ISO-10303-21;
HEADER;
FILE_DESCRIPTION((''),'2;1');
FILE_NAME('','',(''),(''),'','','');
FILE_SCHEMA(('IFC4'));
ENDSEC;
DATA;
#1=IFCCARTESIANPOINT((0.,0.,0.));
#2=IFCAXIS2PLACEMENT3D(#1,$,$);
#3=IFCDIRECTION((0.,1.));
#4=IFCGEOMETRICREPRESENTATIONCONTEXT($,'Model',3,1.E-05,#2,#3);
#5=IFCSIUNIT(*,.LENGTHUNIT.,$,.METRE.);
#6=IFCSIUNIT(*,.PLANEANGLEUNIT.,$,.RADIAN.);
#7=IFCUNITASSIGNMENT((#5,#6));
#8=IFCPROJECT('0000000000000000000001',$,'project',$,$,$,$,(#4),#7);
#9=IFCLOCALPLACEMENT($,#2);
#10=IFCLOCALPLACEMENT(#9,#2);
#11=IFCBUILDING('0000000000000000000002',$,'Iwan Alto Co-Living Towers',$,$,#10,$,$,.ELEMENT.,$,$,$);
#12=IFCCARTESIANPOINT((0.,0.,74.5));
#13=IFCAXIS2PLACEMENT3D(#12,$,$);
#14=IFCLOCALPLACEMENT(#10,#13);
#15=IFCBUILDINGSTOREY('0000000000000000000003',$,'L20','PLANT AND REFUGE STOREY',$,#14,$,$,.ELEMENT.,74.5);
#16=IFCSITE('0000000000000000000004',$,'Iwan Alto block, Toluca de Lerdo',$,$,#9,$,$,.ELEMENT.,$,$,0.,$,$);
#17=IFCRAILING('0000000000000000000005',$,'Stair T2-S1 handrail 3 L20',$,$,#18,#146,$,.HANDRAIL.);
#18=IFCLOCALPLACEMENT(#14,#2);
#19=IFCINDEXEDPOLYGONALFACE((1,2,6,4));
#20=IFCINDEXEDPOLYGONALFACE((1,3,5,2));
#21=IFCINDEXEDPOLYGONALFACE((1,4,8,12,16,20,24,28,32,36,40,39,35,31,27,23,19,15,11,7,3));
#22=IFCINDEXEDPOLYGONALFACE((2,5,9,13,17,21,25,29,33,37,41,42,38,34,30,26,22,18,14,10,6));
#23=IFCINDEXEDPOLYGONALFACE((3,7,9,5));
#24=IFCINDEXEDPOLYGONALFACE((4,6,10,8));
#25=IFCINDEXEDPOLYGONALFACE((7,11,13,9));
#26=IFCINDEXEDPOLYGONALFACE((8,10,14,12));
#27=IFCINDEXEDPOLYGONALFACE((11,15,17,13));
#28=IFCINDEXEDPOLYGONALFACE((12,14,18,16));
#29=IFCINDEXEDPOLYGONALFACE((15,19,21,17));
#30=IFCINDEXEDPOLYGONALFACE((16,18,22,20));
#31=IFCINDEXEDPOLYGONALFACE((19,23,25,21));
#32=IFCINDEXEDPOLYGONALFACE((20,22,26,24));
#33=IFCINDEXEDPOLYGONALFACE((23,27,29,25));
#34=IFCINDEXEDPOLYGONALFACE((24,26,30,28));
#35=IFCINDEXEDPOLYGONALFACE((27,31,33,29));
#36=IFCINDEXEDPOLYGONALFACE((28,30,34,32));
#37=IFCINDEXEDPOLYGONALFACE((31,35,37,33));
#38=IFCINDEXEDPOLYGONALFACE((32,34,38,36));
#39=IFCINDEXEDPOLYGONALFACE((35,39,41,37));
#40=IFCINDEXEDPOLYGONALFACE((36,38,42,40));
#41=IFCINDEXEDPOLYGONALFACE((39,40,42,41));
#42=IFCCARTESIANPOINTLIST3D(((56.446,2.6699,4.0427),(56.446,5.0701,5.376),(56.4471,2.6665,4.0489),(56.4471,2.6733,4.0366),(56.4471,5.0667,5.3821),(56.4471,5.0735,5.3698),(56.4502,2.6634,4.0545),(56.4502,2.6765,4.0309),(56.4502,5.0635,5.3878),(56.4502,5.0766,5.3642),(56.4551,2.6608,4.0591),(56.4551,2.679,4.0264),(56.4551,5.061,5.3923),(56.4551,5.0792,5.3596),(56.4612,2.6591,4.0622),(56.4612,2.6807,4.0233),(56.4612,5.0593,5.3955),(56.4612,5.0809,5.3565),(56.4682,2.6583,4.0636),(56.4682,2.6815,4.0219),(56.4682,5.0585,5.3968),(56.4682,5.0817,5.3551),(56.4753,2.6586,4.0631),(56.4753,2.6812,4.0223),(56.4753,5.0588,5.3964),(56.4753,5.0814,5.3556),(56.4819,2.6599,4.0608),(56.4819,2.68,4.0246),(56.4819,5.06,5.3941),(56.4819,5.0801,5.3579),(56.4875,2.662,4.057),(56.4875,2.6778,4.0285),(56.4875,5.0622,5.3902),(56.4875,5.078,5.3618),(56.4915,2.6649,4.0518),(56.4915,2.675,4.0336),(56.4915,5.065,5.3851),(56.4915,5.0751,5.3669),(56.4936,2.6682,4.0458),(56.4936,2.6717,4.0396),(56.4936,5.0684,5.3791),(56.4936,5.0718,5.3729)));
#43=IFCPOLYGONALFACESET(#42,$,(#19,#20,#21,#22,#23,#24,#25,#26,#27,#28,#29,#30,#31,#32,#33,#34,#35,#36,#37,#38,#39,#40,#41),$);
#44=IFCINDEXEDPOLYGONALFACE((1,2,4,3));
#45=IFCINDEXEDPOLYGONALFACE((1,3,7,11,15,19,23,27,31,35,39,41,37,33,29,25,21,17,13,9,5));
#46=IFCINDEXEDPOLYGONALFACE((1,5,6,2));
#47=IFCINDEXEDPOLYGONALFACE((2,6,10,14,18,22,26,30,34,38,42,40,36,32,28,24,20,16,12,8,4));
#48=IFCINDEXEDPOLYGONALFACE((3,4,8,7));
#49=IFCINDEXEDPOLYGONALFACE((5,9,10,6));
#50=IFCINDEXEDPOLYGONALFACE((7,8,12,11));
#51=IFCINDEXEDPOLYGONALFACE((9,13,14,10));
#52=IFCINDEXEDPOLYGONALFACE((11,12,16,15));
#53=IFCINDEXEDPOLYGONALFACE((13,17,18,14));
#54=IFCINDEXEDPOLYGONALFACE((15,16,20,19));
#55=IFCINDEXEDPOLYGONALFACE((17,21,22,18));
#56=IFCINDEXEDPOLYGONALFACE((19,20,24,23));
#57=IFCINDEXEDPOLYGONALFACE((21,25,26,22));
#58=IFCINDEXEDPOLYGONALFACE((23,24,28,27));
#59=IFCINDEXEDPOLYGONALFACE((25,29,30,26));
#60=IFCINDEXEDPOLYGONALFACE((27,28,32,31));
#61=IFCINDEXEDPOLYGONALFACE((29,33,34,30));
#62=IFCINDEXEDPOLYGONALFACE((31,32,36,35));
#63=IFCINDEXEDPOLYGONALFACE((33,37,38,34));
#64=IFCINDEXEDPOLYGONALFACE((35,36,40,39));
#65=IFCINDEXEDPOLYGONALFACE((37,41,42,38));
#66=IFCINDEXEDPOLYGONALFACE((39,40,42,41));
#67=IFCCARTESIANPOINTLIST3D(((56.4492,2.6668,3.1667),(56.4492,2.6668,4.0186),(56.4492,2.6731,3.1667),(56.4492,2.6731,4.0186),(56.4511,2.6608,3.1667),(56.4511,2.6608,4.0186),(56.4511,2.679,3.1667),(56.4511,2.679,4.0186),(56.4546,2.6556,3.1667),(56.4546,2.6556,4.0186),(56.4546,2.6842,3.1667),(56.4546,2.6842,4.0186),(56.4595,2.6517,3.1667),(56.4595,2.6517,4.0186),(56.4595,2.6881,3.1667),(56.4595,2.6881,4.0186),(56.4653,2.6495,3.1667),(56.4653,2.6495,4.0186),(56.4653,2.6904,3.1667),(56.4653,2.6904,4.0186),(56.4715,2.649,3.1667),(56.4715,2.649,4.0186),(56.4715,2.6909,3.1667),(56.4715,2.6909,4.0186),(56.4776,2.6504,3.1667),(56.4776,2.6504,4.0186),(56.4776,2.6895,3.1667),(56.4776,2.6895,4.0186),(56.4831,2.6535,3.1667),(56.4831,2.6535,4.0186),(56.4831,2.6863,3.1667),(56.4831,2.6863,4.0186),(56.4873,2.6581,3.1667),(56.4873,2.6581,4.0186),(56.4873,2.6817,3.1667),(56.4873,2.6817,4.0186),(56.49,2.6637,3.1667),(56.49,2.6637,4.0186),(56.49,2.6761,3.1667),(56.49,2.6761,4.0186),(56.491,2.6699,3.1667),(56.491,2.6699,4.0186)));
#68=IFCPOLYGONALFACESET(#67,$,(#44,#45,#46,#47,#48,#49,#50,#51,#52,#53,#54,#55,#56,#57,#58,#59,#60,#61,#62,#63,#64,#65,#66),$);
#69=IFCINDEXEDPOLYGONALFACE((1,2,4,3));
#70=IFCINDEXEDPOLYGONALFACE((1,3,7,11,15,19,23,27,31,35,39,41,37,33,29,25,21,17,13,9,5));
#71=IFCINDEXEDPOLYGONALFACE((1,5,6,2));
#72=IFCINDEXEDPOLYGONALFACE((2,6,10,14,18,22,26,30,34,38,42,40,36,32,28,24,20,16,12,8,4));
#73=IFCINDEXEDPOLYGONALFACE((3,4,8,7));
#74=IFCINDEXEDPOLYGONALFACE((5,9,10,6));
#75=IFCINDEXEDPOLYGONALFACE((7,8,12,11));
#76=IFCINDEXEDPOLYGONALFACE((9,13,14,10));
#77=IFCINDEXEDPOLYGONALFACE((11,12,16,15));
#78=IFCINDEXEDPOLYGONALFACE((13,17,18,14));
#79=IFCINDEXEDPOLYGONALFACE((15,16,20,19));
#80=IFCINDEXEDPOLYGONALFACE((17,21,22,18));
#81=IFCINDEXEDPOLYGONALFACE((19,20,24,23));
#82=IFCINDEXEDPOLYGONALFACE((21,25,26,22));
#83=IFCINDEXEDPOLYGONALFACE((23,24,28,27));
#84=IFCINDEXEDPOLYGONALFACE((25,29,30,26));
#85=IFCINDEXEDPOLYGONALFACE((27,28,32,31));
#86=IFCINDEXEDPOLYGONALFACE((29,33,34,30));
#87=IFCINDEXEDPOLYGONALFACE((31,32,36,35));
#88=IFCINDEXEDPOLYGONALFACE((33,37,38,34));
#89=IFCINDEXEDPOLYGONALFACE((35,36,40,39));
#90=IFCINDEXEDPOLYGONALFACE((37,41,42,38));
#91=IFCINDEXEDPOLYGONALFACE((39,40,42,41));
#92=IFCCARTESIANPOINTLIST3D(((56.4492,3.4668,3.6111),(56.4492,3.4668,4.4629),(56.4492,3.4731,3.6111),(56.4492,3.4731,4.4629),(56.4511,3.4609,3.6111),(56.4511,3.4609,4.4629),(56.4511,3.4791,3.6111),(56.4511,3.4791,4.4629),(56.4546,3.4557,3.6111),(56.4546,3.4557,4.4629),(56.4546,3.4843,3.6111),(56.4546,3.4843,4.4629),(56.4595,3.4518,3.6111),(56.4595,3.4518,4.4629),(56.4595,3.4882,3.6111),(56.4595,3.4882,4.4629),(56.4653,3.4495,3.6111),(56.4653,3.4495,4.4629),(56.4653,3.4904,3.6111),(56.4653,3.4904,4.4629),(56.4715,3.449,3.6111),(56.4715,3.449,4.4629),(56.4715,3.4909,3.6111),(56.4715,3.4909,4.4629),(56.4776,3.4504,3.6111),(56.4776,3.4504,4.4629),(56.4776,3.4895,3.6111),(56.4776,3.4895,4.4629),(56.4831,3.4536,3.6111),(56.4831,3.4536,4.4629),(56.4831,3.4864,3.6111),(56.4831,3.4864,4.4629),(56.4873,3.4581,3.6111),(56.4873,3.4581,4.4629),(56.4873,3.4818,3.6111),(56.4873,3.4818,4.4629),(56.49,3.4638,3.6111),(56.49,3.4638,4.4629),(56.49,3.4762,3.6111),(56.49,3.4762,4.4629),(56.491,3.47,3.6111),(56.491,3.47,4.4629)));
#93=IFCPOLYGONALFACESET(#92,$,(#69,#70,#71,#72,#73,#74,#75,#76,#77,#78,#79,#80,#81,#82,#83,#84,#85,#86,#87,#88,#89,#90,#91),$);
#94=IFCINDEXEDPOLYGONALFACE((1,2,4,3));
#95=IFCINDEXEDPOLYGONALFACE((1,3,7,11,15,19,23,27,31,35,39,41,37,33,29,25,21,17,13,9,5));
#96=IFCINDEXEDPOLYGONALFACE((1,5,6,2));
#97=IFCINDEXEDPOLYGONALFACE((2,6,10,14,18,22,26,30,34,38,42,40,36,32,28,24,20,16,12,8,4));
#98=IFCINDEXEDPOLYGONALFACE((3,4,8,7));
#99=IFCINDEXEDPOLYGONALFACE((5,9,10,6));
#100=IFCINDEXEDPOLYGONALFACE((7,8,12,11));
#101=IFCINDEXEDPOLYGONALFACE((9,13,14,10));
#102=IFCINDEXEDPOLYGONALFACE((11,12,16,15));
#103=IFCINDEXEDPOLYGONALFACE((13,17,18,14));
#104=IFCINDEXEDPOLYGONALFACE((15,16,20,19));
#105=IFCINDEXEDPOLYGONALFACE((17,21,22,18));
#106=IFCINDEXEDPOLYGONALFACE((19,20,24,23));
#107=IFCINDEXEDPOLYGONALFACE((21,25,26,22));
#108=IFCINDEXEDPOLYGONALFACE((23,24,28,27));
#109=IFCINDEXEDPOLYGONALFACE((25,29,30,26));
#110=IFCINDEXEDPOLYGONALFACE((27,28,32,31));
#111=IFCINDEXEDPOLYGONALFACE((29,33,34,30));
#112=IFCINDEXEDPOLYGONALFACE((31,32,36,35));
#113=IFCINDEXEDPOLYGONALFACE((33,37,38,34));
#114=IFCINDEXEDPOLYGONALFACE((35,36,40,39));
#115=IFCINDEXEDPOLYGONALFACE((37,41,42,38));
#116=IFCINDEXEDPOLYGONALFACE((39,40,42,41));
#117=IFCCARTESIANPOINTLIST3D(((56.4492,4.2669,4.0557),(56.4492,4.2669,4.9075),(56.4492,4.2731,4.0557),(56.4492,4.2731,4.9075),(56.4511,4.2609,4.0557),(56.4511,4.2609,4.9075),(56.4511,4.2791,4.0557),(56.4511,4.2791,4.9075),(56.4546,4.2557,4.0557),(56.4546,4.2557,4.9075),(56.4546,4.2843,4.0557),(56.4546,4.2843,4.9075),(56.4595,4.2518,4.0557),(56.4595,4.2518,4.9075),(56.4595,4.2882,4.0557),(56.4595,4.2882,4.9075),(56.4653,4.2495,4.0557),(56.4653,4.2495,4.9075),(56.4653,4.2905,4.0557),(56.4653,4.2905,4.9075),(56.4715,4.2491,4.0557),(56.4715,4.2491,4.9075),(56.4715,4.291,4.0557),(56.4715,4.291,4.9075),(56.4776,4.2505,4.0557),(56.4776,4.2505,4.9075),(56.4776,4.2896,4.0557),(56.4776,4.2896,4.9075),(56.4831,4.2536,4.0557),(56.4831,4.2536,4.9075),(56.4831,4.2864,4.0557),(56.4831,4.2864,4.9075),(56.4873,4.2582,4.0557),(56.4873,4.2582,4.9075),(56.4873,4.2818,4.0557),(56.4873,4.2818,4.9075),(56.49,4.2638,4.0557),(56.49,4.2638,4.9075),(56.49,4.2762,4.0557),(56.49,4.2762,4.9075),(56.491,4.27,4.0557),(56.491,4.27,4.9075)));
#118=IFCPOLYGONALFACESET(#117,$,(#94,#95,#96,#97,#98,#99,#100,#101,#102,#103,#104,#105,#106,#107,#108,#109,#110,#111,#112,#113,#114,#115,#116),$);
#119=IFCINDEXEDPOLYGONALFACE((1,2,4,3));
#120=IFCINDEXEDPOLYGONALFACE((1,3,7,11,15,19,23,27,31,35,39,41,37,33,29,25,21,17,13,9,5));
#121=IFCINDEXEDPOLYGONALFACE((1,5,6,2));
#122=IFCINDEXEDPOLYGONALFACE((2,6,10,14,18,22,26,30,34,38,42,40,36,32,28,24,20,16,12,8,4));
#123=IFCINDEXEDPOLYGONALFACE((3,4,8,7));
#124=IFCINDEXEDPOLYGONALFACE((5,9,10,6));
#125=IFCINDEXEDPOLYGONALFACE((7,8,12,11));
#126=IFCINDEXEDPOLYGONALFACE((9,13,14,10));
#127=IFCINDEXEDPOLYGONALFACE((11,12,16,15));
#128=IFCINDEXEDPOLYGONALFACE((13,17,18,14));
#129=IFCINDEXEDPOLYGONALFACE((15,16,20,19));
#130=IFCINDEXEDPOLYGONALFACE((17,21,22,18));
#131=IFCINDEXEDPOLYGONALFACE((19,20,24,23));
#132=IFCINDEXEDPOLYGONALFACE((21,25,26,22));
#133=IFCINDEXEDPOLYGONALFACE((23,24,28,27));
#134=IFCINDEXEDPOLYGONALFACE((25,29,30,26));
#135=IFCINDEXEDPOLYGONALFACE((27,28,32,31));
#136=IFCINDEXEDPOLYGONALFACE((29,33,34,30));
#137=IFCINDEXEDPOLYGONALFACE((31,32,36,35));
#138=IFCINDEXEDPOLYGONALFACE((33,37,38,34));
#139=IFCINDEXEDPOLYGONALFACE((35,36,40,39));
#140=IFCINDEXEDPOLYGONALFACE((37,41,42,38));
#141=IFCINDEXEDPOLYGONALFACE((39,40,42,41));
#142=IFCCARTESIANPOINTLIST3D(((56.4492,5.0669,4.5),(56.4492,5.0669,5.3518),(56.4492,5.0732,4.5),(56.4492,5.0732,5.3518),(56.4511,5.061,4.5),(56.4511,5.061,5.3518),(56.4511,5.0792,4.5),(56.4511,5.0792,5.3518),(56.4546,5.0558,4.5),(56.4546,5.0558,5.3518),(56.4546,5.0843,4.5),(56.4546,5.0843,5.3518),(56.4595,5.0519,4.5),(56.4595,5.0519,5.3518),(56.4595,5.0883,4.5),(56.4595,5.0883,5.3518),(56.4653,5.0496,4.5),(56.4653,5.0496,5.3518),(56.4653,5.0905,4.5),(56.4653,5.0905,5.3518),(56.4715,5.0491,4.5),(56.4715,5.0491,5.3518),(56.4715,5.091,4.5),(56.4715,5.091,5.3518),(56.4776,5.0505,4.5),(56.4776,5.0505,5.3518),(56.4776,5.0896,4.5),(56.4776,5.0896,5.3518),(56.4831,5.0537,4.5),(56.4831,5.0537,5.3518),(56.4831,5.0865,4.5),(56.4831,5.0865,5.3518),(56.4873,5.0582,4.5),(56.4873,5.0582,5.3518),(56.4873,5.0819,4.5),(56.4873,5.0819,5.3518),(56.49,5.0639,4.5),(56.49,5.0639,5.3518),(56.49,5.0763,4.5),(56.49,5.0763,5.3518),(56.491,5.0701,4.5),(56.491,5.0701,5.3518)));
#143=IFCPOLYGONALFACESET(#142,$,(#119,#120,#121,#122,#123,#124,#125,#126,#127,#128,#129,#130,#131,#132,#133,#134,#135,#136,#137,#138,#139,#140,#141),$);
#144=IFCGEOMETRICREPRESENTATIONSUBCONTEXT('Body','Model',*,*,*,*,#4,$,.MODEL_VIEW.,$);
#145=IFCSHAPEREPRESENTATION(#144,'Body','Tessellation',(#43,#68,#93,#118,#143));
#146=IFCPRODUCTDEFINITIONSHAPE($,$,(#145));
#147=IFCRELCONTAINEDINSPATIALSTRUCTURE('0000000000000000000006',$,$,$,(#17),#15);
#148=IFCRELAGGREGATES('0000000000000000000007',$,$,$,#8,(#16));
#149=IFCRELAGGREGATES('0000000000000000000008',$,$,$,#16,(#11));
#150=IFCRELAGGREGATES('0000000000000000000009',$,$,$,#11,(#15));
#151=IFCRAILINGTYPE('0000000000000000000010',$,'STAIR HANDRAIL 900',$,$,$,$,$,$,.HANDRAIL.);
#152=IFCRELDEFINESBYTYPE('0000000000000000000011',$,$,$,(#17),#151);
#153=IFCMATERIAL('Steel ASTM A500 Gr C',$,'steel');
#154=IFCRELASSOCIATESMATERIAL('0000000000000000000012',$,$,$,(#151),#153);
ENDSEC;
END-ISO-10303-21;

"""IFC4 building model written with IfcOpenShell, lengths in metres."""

from ifc_helpers import new_model, si_unit, direction, frame, origin, origin_2d, place, context, subcontext, project, spatial, circle, extrude, material, type_object, element, save


model = new_model("IFC4")

# Units and contexts
model_context = context("Model", 3, precision=1e-05, world=origin(), true_north=direction((0.0, 1.0)))
body_context = subcontext(model_context, "Body", "Model", "MODEL_VIEW")
ifc_project = project(units=[si_unit("LENGTHUNIT", "METRE"), si_unit("PLANEANGLEUNIT", "RADIAN")], contexts=[model_context])

# Site, building, storey
site_placement = place(None, origin())
site = spatial("IfcSite", under=ifc_project, at=site_placement, Name="Iwan Alto block, Toluca de Lerdo", CompositionType="ELEMENT", RefElevation=0.0)
building_placement = place(site_placement, origin())
building = spatial("IfcBuilding", under=site, at=building_placement, Name="Iwan Alto Co-Living Towers", CompositionType="ELEMENT")
storey_placement = place(building_placement, frame((0.0, 0.0, 74.5)))
storey = spatial("IfcBuildingStorey", under=building, at=storey_placement, Name="L20", Description="PLANT AND REFUGE STOREY", CompositionType="ELEMENT", Elevation=74.5)

# Railing
ifc_material_1 = material(Name="Steel ASTM A500 Gr C", Category="steel")
railing_type_1 = type_object("IfcRailingType", Name="STAIR HANDRAIL 900", PredefinedType="HANDRAIL", material=ifc_material_1)
railing_1_placement = place(storey_placement, frame((56.47, 2.6699, 3.1667)))
element("IfcRailing", 1, at=railing_1_placement, inside=storey, type_object=railing_type_1, Name="Stair T2-S1 handrail 3 L20", PredefinedType="HANDRAIL", context=body_context, shape_type="SweptSolid", body=[
    extrude(circle(Radius=0.0239, at=origin_2d()), frame((0.0, 0.0, 0.876), z_axis=(0.0, 0.874182, 0.485598), x_axis=(-1.0, 0.0, 0.0)), (0.0, 0.0, 1.0), 2.7456),
    extrude(circle(Radius=0.021, at=origin_2d()), origin(), (0.0, 0.0, 1.0), 0.8518),
    extrude(circle(Radius=0.021, at=origin_2d()), frame((0.0, 0.8, 0.4443)), (0.0, 0.0, 1.0), 0.8518),
    extrude(circle(Radius=0.021, at=origin_2d()), frame((0.0, 1.6001, 0.8889)), (0.0, 0.0, 1.0), 0.8518),
    extrude(circle(Radius=0.021, at=origin_2d()), frame((0.0, 2.4001, 1.3333)), (0.0, 0.0, 1.0), 0.8518),
])

save(model, "model.ifc")
